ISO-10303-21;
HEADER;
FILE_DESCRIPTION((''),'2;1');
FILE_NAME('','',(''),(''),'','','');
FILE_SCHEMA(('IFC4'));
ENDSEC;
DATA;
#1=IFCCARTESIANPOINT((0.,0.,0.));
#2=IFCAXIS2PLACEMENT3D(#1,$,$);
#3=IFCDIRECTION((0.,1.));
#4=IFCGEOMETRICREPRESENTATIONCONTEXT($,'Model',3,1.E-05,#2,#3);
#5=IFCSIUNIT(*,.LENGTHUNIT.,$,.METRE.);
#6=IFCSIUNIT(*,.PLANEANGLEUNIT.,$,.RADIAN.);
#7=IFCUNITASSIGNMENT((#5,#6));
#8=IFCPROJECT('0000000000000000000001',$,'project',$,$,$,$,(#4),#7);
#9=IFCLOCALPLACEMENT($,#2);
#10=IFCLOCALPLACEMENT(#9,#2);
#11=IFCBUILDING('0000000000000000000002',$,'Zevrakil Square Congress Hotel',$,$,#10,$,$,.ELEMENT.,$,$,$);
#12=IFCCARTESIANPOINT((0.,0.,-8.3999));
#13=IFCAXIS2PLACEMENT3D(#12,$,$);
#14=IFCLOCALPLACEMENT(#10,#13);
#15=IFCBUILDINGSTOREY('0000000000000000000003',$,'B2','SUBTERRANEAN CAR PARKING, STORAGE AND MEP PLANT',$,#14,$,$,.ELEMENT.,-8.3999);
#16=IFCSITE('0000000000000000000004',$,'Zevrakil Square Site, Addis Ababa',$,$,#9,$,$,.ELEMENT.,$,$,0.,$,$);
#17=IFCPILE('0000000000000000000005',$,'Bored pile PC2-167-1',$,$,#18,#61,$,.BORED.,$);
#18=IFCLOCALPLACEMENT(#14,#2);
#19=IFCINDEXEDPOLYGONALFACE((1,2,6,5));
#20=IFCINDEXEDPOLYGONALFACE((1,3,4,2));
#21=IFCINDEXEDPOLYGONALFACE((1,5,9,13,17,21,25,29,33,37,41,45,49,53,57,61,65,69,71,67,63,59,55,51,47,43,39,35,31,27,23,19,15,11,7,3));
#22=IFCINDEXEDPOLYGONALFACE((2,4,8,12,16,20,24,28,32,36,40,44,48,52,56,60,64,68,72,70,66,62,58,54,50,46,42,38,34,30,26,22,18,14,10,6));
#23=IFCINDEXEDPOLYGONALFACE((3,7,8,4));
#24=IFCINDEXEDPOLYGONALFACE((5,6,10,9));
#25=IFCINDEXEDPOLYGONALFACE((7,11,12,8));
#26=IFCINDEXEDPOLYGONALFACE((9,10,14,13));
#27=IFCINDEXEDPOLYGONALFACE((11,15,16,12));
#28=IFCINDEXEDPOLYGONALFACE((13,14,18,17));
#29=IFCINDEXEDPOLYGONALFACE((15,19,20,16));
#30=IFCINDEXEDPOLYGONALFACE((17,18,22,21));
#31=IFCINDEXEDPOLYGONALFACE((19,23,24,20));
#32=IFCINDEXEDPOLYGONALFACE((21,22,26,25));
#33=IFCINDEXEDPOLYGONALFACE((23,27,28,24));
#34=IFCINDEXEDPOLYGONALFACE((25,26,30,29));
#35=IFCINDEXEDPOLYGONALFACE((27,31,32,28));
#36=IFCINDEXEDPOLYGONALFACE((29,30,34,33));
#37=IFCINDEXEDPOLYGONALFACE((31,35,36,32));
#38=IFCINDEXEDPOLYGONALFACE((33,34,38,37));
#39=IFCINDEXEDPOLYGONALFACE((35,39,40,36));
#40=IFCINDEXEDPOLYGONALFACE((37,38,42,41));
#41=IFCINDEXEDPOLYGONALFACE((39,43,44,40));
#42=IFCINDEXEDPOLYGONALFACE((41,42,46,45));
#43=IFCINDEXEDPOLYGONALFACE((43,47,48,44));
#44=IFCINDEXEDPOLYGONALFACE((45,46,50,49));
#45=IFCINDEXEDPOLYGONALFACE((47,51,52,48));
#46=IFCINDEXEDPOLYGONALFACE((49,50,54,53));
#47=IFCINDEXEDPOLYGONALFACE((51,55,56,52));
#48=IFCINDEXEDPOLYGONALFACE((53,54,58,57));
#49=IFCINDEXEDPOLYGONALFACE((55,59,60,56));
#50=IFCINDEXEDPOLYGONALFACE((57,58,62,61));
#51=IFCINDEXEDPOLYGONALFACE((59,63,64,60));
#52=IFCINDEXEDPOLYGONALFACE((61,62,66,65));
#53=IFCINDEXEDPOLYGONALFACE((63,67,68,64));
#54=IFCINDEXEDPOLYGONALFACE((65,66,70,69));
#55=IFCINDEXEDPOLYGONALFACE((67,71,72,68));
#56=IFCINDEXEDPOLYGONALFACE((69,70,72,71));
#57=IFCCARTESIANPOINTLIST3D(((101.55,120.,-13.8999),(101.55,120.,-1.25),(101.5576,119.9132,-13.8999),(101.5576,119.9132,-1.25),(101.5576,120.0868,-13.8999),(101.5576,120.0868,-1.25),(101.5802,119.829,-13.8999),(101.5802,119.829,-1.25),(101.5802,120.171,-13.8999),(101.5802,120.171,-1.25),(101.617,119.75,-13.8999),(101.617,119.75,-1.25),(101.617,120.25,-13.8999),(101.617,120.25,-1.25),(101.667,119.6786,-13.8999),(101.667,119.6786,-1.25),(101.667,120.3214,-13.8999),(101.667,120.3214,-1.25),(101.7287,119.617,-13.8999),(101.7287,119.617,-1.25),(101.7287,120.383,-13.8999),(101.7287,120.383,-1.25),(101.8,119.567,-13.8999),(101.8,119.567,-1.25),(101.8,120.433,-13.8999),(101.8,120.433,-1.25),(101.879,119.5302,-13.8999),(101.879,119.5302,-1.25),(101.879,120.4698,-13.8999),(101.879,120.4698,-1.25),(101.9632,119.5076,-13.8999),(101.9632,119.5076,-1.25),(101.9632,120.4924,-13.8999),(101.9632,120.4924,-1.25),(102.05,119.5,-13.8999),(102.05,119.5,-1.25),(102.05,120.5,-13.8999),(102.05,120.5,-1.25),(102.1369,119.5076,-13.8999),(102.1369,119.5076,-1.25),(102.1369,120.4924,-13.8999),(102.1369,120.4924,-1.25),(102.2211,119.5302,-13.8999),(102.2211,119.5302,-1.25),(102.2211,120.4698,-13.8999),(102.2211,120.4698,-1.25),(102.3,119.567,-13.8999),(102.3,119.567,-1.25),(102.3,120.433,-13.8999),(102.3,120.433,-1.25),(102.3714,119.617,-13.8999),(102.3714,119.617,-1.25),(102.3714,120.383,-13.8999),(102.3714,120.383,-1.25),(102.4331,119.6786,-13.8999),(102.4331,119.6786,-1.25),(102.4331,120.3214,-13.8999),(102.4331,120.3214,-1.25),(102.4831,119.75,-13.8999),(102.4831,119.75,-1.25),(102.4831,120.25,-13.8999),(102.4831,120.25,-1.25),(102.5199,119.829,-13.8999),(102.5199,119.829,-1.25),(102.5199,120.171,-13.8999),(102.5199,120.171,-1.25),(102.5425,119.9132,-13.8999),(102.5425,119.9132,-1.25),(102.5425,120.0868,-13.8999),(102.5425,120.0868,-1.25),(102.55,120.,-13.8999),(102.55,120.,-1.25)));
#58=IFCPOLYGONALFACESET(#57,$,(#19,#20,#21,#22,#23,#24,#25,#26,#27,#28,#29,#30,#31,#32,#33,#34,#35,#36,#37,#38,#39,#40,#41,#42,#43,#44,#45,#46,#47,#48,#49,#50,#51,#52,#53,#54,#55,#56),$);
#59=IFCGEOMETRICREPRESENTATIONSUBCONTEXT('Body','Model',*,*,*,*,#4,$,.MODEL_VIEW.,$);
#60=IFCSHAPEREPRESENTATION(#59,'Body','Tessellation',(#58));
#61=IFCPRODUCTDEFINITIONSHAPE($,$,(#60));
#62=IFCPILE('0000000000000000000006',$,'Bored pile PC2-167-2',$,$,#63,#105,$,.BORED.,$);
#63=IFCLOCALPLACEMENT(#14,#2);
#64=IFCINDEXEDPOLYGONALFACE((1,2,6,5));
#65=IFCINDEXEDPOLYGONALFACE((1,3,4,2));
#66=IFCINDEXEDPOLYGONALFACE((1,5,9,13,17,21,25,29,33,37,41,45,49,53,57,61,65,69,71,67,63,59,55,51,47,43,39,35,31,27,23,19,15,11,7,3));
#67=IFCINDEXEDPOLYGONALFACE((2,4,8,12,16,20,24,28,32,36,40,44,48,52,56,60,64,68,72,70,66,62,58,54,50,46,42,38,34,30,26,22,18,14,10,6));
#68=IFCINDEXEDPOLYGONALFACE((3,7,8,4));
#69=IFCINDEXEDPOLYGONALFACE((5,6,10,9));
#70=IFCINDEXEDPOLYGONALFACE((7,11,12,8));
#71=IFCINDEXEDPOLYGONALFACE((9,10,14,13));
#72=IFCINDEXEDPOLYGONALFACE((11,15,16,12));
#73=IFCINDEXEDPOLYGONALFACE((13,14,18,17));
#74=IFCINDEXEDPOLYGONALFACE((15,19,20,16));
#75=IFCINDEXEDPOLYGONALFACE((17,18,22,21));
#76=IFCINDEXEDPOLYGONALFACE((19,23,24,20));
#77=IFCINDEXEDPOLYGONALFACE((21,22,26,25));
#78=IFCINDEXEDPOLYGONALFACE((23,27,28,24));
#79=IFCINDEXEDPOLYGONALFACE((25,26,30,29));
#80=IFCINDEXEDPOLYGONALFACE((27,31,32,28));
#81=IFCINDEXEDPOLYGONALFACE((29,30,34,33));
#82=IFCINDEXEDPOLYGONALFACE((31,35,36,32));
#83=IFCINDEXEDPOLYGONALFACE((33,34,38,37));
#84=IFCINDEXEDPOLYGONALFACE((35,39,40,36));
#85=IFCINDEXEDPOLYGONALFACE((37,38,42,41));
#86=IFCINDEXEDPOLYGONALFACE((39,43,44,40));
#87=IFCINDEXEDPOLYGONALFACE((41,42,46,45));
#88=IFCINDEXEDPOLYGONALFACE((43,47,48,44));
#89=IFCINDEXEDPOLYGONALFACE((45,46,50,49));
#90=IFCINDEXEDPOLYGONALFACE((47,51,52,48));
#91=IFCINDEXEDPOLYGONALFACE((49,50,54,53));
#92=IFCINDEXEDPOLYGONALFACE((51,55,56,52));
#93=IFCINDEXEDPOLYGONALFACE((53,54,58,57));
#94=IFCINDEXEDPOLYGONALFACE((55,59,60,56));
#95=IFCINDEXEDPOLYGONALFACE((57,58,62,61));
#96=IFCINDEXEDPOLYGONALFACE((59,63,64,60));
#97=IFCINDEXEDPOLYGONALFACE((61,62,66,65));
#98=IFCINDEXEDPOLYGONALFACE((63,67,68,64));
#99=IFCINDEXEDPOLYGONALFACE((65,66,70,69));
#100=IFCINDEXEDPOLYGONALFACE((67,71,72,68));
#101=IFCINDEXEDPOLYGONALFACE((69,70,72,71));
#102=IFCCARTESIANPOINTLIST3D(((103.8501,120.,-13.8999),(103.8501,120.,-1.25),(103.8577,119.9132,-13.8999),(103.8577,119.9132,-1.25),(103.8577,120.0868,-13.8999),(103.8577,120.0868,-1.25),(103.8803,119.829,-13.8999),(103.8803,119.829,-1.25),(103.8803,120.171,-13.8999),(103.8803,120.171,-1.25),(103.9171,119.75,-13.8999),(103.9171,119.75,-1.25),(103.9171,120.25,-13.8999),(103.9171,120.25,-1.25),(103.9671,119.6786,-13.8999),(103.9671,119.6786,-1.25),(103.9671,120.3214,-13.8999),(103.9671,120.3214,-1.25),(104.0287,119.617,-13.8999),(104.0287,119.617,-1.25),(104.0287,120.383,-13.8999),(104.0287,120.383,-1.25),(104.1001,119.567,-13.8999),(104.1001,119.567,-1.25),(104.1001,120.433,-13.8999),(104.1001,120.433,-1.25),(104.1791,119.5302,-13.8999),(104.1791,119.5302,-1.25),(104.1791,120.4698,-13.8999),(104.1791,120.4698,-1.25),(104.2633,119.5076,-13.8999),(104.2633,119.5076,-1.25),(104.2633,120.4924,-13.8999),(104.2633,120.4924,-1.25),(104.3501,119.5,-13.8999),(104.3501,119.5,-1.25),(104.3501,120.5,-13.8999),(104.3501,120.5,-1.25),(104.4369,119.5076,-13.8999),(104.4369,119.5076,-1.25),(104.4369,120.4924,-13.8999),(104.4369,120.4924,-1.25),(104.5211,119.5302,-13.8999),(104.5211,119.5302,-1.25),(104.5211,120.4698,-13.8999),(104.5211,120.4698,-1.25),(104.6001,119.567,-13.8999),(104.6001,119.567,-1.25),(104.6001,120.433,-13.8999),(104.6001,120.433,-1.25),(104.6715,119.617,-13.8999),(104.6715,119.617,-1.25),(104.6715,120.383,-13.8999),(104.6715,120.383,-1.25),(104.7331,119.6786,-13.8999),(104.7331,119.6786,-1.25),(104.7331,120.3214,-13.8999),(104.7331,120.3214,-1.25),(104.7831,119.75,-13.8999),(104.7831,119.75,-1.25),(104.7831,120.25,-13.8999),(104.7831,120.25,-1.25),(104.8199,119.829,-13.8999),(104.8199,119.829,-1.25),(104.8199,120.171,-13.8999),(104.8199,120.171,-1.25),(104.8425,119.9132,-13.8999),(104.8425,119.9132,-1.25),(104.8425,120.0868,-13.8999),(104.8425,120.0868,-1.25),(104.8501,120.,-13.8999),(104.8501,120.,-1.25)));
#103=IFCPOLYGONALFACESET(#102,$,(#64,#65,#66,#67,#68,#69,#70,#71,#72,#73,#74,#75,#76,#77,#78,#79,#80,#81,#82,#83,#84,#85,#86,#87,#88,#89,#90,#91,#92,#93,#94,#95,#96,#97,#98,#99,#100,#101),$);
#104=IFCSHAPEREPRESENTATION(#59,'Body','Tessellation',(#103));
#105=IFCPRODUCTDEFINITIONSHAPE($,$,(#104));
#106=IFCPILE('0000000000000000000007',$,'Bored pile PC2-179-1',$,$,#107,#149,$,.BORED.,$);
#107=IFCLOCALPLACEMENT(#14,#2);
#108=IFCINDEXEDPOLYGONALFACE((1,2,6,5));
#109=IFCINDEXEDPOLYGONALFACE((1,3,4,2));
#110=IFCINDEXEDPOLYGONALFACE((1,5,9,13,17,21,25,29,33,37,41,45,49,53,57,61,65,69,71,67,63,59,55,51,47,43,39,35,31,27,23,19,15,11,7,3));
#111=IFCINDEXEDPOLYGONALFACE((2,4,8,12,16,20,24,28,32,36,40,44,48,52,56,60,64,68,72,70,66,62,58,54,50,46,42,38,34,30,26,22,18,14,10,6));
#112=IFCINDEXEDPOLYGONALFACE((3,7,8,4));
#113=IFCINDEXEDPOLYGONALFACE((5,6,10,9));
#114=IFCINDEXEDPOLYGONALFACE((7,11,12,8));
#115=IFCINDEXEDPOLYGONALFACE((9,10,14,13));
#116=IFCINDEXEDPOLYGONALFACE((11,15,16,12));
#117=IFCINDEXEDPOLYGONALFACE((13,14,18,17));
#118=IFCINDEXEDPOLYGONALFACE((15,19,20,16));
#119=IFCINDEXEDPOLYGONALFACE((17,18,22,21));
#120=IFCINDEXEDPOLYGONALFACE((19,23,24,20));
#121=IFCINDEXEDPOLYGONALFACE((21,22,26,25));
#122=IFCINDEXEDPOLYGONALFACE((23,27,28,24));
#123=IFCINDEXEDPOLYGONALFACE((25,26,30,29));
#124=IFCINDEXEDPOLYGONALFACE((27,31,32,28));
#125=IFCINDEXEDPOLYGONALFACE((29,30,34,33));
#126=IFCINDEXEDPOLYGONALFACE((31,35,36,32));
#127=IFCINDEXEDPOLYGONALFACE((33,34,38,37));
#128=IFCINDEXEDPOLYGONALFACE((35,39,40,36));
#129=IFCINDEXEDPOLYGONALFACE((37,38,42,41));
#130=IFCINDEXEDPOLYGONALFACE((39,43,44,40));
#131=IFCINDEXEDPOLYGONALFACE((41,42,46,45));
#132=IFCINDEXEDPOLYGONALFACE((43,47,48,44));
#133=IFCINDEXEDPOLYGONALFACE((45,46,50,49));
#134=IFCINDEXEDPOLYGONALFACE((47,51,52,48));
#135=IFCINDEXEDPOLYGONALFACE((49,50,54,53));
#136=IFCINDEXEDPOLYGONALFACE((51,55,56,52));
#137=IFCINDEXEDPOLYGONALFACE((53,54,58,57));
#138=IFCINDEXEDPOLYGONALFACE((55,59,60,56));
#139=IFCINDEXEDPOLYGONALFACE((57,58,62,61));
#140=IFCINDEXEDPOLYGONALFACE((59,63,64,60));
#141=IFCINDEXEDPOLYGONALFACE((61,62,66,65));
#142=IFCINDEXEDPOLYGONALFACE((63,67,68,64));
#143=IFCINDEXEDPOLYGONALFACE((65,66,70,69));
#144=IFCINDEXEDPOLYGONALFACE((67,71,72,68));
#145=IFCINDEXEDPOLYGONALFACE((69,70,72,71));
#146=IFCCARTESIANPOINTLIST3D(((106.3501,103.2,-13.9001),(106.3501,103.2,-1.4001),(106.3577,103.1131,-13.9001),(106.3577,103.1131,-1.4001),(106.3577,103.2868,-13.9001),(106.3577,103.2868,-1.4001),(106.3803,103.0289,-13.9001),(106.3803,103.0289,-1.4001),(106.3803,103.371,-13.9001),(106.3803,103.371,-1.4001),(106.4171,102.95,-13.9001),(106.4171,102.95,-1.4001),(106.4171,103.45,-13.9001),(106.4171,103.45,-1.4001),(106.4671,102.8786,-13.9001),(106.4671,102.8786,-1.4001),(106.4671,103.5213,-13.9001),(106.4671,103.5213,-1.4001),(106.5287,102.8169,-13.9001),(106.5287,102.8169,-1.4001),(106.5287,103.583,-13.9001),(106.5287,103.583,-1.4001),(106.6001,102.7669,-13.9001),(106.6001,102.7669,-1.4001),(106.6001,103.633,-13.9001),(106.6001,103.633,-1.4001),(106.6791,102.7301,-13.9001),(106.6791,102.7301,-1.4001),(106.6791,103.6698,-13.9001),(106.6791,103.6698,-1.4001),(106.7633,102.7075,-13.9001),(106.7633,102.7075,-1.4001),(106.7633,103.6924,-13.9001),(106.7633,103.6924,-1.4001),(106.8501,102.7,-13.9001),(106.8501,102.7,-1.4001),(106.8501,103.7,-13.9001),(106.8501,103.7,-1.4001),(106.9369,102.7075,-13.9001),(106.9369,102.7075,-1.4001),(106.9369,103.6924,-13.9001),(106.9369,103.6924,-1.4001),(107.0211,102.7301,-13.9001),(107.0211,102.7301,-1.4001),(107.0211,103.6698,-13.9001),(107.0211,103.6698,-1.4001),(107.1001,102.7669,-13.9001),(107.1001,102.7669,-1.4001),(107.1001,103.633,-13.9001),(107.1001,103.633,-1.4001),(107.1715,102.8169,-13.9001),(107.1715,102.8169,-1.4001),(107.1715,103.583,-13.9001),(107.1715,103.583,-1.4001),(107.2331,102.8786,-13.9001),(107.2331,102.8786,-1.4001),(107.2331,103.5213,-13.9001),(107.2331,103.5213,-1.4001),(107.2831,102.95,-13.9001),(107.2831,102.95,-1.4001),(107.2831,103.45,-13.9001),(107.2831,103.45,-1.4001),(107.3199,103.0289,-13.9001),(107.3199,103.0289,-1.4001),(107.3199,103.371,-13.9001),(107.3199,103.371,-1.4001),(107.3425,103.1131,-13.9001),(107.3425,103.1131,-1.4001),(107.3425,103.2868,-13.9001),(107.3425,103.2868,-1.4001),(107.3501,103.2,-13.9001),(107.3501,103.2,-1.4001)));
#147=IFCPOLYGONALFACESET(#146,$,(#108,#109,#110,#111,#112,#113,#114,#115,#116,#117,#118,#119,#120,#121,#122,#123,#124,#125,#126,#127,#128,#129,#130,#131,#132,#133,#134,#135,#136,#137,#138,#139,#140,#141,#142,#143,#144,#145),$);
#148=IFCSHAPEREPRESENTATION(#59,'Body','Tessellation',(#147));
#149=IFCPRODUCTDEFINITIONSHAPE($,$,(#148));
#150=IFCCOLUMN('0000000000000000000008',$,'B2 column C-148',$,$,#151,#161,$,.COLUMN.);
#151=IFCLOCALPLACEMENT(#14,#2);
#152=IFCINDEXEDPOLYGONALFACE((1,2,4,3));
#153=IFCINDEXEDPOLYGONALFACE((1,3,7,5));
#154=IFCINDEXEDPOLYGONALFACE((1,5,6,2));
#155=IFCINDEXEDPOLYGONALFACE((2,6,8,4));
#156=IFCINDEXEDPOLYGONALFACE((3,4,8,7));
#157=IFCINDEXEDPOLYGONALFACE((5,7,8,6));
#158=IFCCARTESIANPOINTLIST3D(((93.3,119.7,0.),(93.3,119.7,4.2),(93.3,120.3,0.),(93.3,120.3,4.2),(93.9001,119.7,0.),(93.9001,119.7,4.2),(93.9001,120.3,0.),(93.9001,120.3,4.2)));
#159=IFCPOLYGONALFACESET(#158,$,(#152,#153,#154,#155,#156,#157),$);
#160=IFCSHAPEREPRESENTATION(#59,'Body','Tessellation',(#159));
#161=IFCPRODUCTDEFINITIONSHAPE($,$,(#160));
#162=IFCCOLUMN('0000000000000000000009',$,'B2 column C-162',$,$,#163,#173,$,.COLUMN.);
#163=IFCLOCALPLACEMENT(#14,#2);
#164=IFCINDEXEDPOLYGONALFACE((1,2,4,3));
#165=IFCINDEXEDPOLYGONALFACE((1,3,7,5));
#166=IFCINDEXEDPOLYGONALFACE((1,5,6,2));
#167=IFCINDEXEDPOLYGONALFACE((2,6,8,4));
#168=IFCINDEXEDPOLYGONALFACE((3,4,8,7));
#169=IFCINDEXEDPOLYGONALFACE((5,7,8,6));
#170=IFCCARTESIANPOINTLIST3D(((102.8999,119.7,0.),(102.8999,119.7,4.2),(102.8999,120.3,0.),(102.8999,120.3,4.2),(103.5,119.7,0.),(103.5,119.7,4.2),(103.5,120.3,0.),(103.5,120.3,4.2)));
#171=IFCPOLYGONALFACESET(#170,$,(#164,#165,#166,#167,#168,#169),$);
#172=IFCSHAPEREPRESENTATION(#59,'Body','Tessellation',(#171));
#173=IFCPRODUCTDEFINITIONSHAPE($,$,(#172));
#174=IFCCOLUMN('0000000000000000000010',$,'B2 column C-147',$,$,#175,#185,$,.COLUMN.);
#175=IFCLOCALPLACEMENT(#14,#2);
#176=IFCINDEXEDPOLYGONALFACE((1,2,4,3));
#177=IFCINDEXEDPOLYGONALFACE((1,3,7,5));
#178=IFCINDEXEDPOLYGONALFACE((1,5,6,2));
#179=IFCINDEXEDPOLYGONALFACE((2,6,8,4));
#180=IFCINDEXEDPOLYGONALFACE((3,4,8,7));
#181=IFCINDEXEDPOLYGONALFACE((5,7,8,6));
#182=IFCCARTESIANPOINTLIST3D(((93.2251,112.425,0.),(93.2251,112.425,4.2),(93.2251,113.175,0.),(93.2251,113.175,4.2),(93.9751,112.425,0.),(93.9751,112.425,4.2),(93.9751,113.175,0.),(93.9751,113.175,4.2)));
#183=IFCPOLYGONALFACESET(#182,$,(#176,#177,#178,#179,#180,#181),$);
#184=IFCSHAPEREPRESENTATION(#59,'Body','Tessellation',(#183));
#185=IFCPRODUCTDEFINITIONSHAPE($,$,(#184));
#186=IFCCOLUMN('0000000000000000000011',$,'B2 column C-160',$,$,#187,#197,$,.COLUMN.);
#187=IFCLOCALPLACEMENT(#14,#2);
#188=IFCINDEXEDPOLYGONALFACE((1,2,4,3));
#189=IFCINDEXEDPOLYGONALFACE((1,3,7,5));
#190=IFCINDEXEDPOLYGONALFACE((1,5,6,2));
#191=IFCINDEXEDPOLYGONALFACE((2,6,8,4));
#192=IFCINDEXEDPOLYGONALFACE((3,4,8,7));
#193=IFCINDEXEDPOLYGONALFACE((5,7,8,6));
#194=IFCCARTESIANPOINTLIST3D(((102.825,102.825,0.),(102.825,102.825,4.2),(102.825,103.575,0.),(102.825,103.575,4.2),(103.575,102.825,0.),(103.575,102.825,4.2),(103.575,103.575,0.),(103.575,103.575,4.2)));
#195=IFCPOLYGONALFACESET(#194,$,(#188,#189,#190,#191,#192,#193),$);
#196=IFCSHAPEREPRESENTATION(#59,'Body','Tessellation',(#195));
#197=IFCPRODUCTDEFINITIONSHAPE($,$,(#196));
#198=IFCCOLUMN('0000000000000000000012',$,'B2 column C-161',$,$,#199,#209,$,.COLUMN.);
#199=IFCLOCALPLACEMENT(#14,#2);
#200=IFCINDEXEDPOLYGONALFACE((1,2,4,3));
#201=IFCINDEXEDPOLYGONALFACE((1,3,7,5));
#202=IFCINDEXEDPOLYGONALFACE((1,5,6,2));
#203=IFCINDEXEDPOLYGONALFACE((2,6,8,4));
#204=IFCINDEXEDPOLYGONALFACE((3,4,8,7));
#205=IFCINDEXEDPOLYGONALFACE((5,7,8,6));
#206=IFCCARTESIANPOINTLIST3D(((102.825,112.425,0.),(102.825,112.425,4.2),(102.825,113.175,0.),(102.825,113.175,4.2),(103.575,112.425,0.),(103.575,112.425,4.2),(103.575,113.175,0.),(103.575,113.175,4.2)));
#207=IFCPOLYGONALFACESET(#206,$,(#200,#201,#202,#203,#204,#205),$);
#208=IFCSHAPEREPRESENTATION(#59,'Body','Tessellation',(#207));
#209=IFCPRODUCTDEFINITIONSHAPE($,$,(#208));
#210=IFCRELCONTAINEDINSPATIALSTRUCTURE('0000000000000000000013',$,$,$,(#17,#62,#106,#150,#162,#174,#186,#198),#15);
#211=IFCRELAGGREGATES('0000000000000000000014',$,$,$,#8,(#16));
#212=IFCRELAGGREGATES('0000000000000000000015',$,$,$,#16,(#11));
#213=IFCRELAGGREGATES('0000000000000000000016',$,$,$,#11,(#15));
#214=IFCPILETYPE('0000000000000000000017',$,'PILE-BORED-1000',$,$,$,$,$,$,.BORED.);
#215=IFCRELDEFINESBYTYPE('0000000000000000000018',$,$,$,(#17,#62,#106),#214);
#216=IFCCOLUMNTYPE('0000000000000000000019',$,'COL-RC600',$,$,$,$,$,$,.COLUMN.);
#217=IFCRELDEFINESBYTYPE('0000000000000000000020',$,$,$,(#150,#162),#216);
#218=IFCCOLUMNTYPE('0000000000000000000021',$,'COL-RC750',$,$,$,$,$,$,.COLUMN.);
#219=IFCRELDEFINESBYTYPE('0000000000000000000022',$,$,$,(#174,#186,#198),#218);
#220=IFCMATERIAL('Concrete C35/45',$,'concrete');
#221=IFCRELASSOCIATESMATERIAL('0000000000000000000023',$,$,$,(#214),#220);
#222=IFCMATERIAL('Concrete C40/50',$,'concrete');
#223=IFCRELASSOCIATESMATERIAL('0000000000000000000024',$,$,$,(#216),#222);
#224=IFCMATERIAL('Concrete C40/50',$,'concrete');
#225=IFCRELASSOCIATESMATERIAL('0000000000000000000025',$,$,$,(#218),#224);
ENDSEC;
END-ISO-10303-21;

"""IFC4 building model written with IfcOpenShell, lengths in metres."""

from ifc_helpers import new_model, si_unit, direction, frame, origin, origin_2d, place, context, subcontext, project, spatial, rectangle, circle, extrude, material, material_profile, profile_set, type_object, element, save


model = new_model("IFC4")

# Units and contexts
model_context = context("Model", 3, precision=1e-05, world=origin(), true_north=direction((0.0, 1.0)))
body_context = subcontext(model_context, "Body", "Model", "MODEL_VIEW")
ifc_project = project(units=[si_unit("LENGTHUNIT", "METRE"), si_unit("PLANEANGLEUNIT", "RADIAN")], contexts=[model_context])

# Site, building, storey
site_placement = place(None, origin())
site = spatial("IfcSite", under=ifc_project, at=site_placement, Name="Zevrakil Square Site, Addis Ababa", CompositionType="ELEMENT", RefElevation=0.0)
building_placement = place(site_placement, origin())
building = spatial("IfcBuilding", under=site, at=building_placement, Name="Zevrakil Square Congress Hotel", CompositionType="ELEMENT")
storey_placement = place(building_placement, frame((0.0, 0.0, -8.3999)))
storey = spatial("IfcBuildingStorey", under=building, at=storey_placement, Name="B2", Description="SUBTERRANEAN CAR PARKING, STORAGE AND MEP PLANT", CompositionType="ELEMENT", Elevation=-8.3999)

# Piles
ifc_material_1 = material(Name="Concrete C35/45", Category="concrete")
ifc_material_profile_1 = material_profile(ifc_material_1, circle(Radius=0.5, at=origin_2d()), Name="PILE D1000")
ifc_profile_set_1 = profile_set([ifc_material_profile_1], Name="Concrete C35/45")
pile_type = type_object("IfcPileType", Name="PILE-BORED-1000", PredefinedType="BORED", material=ifc_profile_set_1)
for number, where, z_axis, x_axis, name in (
    (1, (102.05, 120.0, -1.25), (0.0, 0.0, -1.0), (1.0, 0.0, 0.0), "Bored pile PC2-167-1"),
    (2, (104.3501, 120.0, -1.25), (0.0, 0.0, -1.0), (1.0, 0.0, 0.0), "Bored pile PC2-167-2"),
):
    element("IfcPile", number, at=place(storey_placement, frame(where, z_axis=z_axis, x_axis=x_axis)), inside=storey, type_object=pile_type, Name=name, PredefinedType="BORED", context=body_context, shape_type="SweptSolid", body=[
        extrude(circle(Radius=0.5, at=origin_2d()), origin(), (0.0, 0.0, 1.0), 12.6499),
    ])
pile_placement = place(storey_placement, frame((106.8501, 103.2, -1.4001), z_axis=(0.0, 0.0, -1.0), x_axis=(1.0, 0.0, 0.0)))
element("IfcPile", 3, at=pile_placement, inside=storey, type_object=pile_type, Name="Bored pile PC2-179-1", PredefinedType="BORED", context=body_context, shape_type="SweptSolid", body=[
    extrude(circle(Radius=0.5, at=origin_2d()), origin(), (0.0, 0.0, 1.0), 12.5),
])

# Columns
ifc_material_2 = material(Name="Concrete C40/50", Category="concrete")
ifc_material_profile_2 = material_profile(ifc_material_2, rectangle(XDim=0.6001, YDim=0.6001, at=origin_2d()), Name="RC 600x600")
ifc_profile_set_2 = profile_set([ifc_material_profile_2], Name="Concrete C40/50")
column_type_1 = type_object("IfcColumnType", Name="COL-RC600", PredefinedType="COLUMN", material=ifc_profile_set_2)
for number, where, z_axis, x_axis, name in (
    (4, (93.6001, 120.0, 0.0), (0.0, 0.0, 1.0), (1.0, 0.0, 0.0), "B2 column C-148"),
    (5, (103.2, 120.0, 0.0), (0.0, 0.0, 1.0), (1.0, 0.0, 0.0), "B2 column C-162"),
):
    element("IfcColumn", number, at=place(storey_placement, frame(where, z_axis=z_axis, x_axis=x_axis)), inside=storey, type_object=column_type_1, Name=name, PredefinedType="COLUMN", context=body_context, shape_type="SweptSolid", body=[
        extrude(rectangle(XDim=0.6001, YDim=0.6001, at=origin_2d()), origin(), (0.0, 0.0, 1.0), 4.2),
    ])
ifc_material_3 = material(Name="Concrete C40/50", Category="concrete")
ifc_material_profile_3 = material_profile(ifc_material_3, rectangle(XDim=0.75, YDim=0.75, at=origin_2d()), Name="RC 750x750")
ifc_profile_set_3 = profile_set([ifc_material_profile_3], Name="Concrete C40/50")
column_type_2 = type_object("IfcColumnType", Name="COL-RC750", PredefinedType="COLUMN", material=ifc_profile_set_3)
for number, where, z_axis, x_axis, name in (
    (6, (93.6001, 112.8, 0.0), (0.0, 0.0, 1.0), (1.0, 0.0, 0.0), "B2 column C-147"),
    (7, (103.2, 103.2, 0.0), (0.0, 0.0, 1.0), (1.0, 0.0, 0.0), "B2 column C-160"),
    (8, (103.2, 112.8, 0.0), (0.0, 0.0, 1.0), (1.0, 0.0, 0.0), "B2 column C-161"),
):
    element("IfcColumn", number, at=place(storey_placement, frame(where, z_axis=z_axis, x_axis=x_axis)), inside=storey, type_object=column_type_2, Name=name, PredefinedType="COLUMN", context=body_context, shape_type="SweptSolid", body=[
        extrude(rectangle(XDim=0.75, YDim=0.75, at=origin_2d()), origin(), (0.0, 0.0, 1.0), 4.2),
    ])

save(model, "model.ifc")
